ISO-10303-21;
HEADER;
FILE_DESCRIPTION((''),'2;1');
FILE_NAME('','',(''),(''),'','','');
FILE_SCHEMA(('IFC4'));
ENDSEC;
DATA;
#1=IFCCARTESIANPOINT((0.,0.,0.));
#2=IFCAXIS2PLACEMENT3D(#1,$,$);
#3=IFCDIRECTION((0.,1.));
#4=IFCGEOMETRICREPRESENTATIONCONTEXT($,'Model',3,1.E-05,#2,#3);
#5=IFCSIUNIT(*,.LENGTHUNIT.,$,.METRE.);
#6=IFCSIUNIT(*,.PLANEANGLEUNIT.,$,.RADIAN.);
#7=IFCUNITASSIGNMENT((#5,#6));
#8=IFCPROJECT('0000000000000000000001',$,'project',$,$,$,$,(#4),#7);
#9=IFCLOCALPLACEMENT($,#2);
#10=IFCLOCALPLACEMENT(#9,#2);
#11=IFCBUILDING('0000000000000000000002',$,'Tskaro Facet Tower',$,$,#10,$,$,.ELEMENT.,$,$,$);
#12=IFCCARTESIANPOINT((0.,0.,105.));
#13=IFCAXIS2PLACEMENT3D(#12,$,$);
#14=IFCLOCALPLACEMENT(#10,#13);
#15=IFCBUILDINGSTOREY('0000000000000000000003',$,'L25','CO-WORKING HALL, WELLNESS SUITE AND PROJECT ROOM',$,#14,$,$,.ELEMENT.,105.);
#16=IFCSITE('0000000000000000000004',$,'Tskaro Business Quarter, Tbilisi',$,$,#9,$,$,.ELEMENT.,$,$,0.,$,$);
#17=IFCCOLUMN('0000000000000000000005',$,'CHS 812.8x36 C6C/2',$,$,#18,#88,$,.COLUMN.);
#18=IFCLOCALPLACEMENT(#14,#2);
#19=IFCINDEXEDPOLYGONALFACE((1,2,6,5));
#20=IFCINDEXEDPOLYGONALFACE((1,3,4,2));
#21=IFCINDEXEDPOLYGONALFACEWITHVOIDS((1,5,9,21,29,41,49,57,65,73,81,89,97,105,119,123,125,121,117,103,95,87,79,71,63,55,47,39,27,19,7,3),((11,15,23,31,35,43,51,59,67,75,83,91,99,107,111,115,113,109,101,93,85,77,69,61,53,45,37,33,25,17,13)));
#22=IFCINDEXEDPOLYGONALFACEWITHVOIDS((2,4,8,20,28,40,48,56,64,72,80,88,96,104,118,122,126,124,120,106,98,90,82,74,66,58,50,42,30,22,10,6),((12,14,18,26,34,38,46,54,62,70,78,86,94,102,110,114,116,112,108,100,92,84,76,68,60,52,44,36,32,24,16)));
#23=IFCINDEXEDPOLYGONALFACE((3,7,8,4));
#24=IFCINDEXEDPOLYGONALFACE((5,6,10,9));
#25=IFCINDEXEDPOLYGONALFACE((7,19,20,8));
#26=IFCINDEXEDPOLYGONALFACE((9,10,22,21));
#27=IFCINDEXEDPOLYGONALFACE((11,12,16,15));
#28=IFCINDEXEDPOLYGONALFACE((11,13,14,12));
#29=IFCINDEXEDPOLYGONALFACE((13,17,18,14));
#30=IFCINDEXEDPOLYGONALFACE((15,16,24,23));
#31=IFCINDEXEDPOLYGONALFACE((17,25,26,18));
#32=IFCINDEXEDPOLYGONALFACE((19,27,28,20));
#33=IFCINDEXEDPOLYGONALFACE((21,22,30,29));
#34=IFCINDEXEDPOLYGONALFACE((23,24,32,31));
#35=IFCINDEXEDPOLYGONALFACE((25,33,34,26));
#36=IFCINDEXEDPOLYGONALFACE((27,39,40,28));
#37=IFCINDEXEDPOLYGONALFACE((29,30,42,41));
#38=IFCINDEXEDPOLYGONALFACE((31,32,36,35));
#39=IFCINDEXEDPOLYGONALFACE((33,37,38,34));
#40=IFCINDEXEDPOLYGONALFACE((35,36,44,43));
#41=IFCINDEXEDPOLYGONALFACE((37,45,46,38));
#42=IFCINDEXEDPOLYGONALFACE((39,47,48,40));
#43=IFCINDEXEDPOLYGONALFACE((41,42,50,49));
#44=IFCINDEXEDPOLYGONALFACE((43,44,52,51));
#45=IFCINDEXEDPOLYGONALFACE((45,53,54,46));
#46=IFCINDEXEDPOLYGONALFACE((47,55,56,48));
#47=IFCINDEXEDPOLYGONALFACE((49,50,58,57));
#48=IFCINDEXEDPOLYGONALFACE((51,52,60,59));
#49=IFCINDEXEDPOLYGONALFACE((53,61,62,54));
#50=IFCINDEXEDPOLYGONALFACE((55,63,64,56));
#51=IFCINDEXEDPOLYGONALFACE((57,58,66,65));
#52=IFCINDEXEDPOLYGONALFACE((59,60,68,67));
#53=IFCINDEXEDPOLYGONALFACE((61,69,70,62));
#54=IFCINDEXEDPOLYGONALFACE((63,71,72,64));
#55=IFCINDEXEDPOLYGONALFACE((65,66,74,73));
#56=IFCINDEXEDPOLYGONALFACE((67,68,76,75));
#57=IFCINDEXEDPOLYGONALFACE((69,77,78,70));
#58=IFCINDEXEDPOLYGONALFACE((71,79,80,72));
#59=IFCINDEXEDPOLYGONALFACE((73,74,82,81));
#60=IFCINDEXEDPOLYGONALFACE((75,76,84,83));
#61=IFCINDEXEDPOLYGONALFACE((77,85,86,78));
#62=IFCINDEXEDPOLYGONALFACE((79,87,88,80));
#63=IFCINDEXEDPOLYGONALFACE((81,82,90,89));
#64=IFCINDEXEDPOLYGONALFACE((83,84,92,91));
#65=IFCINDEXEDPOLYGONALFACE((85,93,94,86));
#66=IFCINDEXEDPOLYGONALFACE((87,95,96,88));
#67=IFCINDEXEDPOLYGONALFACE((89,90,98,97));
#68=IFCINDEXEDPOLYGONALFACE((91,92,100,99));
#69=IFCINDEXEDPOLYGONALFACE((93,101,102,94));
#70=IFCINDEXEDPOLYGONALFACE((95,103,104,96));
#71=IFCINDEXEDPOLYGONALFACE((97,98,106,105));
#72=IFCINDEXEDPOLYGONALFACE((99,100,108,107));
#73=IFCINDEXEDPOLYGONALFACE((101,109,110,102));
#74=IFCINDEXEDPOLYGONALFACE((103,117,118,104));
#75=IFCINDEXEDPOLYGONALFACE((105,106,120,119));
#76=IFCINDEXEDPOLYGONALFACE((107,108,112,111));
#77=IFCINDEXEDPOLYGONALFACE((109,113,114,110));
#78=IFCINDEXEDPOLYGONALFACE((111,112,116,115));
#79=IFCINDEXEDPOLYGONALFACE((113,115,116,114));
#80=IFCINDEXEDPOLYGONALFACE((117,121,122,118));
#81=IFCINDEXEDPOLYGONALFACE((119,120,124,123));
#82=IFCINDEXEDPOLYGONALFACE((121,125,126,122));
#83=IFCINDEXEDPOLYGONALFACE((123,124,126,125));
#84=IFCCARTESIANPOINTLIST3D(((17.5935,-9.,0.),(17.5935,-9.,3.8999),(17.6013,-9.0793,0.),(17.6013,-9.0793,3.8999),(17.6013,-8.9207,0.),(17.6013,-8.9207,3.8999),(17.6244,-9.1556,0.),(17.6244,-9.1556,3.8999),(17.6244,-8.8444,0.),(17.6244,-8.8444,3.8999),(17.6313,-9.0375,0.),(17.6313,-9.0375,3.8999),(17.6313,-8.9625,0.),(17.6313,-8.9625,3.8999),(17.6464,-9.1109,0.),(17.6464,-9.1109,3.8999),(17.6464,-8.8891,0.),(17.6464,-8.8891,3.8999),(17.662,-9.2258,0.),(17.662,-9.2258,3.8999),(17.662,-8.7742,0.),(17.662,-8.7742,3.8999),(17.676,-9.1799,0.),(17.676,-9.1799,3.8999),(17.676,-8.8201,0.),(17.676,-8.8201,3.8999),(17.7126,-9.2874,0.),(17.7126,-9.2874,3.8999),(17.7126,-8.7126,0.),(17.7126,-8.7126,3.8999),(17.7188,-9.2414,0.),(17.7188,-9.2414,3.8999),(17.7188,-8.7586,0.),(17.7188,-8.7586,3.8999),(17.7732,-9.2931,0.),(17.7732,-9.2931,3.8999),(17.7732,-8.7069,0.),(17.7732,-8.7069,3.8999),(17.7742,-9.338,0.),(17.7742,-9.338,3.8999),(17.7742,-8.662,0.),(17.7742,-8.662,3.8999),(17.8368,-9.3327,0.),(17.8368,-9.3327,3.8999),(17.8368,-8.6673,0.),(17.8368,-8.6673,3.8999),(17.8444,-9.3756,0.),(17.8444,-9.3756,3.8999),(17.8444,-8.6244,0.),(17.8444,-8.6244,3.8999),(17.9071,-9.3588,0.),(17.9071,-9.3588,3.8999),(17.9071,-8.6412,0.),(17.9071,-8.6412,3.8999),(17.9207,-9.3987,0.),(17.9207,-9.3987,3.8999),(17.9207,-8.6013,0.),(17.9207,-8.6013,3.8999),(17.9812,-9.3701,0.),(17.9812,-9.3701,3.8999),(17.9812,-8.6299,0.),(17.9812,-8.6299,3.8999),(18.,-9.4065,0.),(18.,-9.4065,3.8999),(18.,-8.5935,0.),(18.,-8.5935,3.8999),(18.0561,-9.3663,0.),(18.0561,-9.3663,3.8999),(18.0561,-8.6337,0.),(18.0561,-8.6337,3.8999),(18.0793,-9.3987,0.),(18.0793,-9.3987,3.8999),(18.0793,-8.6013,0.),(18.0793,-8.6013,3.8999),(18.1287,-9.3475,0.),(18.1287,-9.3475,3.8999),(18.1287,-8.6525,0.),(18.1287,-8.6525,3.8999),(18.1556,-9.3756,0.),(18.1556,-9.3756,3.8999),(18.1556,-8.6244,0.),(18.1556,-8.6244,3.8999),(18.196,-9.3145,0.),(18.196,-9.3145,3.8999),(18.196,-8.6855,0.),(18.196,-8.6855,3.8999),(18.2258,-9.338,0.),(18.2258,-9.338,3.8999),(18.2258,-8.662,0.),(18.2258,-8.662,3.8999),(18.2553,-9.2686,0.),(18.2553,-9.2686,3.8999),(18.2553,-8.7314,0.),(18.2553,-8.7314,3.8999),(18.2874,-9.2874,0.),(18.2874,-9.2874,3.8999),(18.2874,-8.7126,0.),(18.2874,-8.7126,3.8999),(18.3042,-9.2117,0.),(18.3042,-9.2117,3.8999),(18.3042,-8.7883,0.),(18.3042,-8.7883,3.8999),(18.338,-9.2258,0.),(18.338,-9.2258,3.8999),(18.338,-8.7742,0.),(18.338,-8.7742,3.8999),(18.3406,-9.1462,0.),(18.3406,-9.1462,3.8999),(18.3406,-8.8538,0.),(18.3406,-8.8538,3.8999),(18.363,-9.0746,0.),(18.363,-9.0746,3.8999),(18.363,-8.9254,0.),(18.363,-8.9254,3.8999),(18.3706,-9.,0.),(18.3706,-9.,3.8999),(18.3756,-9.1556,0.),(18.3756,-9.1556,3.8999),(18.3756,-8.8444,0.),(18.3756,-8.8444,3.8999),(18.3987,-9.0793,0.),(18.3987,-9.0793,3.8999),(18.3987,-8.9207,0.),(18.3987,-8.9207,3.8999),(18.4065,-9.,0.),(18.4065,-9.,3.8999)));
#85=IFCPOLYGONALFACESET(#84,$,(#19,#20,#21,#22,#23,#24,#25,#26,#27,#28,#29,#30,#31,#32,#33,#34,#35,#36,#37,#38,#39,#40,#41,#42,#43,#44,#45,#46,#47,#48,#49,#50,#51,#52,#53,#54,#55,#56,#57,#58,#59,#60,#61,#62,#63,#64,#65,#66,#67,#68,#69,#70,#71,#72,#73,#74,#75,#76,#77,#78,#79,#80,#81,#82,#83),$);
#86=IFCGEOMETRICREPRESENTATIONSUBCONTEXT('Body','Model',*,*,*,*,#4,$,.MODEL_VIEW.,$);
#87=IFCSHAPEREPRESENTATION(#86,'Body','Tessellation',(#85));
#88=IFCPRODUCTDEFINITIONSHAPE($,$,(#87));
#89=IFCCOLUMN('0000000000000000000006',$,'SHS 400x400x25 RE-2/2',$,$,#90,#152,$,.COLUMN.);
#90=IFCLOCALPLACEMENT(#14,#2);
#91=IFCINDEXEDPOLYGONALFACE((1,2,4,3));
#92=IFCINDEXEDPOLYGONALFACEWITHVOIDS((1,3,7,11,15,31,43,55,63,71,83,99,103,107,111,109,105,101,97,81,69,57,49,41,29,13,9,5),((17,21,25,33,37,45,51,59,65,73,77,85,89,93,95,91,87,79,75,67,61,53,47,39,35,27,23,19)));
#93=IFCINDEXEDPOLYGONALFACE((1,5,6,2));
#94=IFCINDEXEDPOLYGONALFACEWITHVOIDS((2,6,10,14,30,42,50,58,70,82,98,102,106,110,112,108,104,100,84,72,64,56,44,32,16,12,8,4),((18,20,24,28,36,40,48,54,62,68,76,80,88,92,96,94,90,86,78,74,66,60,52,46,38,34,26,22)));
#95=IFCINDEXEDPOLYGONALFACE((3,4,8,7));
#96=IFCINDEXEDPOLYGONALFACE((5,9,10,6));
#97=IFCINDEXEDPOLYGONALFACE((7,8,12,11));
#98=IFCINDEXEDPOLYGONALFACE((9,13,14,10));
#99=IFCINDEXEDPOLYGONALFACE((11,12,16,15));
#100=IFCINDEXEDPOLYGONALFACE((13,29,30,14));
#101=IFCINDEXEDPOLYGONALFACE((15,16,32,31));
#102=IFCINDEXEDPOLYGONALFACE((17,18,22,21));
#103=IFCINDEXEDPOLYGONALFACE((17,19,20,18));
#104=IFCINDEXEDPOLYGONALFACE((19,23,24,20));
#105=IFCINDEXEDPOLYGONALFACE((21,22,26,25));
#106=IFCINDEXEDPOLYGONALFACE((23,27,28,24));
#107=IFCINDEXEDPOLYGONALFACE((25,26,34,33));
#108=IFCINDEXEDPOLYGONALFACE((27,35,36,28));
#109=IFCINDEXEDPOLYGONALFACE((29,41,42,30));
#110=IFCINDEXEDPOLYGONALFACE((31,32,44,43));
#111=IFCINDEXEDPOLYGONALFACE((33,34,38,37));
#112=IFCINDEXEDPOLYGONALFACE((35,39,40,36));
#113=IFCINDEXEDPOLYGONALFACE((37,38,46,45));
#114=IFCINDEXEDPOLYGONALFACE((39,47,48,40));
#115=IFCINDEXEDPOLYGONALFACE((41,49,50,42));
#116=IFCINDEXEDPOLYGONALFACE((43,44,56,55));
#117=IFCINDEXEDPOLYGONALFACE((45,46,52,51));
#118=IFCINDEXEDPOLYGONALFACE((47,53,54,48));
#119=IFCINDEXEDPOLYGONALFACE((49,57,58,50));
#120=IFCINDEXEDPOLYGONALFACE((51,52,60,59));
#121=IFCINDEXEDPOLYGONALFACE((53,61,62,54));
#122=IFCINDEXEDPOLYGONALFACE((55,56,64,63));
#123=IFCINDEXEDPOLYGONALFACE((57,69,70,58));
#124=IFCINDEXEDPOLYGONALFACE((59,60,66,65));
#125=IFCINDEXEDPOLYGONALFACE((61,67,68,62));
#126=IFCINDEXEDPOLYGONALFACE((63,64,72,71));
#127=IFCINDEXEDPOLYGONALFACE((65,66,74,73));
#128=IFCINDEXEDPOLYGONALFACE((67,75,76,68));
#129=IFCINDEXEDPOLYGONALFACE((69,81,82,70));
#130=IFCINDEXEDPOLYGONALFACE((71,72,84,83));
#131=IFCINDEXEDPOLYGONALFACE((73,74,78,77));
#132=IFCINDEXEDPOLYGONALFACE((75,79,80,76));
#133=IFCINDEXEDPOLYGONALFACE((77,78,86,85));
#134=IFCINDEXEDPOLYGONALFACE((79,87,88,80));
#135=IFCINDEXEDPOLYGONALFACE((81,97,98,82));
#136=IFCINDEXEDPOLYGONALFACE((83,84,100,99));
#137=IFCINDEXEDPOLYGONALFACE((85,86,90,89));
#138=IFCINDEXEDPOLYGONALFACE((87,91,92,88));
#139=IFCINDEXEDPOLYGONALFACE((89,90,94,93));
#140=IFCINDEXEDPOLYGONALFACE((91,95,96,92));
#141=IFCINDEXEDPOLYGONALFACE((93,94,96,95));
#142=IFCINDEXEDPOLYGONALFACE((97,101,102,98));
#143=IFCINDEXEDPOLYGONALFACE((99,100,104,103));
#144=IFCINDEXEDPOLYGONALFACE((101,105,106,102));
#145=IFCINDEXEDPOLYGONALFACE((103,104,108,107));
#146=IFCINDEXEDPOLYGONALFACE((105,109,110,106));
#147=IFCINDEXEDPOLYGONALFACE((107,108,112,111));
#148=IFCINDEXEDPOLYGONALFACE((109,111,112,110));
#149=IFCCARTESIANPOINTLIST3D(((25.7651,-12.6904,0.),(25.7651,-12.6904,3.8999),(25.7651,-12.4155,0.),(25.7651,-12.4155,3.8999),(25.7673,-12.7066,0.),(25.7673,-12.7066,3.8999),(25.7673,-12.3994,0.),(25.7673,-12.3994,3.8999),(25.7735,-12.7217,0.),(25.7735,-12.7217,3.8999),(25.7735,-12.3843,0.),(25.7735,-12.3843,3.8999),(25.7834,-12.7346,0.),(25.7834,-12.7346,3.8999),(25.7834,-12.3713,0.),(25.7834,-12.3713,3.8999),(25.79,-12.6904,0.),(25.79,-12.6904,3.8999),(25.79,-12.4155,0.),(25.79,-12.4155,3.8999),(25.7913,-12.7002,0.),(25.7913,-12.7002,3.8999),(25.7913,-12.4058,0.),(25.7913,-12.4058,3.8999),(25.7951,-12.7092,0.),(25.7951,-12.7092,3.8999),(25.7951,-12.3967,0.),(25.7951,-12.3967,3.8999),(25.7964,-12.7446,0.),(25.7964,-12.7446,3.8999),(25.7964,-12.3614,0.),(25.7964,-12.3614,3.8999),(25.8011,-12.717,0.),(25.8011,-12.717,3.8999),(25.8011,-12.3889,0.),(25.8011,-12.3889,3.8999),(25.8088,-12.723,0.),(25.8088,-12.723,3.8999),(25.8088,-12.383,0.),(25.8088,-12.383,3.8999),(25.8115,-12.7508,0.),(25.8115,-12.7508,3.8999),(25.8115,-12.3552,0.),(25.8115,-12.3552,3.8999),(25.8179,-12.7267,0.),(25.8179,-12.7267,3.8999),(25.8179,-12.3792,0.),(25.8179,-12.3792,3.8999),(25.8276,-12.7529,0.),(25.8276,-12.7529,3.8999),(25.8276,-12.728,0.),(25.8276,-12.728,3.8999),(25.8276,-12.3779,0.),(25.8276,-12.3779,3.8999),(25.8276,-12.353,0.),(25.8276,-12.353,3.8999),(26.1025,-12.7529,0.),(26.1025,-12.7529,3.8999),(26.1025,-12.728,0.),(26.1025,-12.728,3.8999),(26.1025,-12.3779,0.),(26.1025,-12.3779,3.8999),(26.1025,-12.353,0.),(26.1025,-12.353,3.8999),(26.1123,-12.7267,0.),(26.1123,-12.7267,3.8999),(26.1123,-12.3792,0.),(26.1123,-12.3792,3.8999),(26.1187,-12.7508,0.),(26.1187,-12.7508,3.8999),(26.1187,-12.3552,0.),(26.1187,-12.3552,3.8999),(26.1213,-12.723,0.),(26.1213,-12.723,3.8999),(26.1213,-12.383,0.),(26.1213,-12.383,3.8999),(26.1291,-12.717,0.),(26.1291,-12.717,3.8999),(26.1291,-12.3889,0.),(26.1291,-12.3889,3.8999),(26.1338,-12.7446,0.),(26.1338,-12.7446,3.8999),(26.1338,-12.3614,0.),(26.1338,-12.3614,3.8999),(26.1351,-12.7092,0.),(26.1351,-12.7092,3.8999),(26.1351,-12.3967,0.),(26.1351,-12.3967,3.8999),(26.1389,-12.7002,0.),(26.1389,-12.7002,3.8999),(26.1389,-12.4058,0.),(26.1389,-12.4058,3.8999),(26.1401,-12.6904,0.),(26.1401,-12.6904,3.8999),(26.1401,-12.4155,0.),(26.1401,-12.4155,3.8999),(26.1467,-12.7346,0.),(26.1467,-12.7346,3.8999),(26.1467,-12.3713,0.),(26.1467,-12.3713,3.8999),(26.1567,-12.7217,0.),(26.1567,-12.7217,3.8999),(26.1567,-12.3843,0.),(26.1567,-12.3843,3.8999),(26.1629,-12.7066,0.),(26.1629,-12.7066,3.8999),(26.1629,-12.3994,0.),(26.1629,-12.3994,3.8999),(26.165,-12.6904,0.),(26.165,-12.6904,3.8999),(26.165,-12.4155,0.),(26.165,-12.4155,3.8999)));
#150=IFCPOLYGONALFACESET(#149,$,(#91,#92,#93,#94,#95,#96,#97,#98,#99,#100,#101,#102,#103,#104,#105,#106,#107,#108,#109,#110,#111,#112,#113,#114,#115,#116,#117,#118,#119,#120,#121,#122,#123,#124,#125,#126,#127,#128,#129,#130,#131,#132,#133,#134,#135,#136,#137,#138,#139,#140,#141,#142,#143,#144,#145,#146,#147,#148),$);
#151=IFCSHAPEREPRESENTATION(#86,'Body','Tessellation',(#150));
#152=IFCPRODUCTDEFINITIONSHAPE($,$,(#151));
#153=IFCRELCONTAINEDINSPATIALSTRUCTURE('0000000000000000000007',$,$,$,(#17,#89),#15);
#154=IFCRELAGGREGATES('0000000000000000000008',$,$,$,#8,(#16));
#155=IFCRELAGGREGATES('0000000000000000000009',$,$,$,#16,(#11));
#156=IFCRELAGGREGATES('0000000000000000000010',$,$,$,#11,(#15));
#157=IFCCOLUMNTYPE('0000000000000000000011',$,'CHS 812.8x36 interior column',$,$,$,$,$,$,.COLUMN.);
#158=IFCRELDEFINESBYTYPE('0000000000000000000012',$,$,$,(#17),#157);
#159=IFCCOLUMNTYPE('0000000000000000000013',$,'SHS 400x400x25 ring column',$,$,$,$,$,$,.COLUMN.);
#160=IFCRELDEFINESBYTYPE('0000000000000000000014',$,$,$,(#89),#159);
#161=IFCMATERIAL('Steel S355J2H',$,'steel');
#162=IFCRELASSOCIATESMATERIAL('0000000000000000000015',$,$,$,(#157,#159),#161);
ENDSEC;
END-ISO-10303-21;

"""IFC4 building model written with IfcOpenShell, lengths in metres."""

from ifc_helpers import new_model, si_unit, direction, frame, origin, origin_2d, place, context, subcontext, project, spatial, hollow_rectangle, hollow_circle, extrude, material, material_profile, profile_set, type_object, element, save


model = new_model("IFC4")

# Units and contexts
model_context = context("Model", 3, precision=1e-05, world=origin(), true_north=direction((0.0, 1.0)))
body_context = subcontext(model_context, "Body", "Model", "MODEL_VIEW")
ifc_project = project(units=[si_unit("LENGTHUNIT", "METRE"), si_unit("PLANEANGLEUNIT", "RADIAN")], contexts=[model_context])

# Site, building, storey
site_placement = place(None, origin())
site = spatial("IfcSite", under=ifc_project, at=site_placement, Name="Tskaro Business Quarter, Tbilisi", CompositionType="ELEMENT", RefElevation=0.0)
building_placement = place(site_placement, origin())
building = spatial("IfcBuilding", under=site, at=building_placement, Name="Tskaro Facet Tower", CompositionType="ELEMENT")
storey_placement = place(building_placement, frame((0.0, 0.0, 105.0)))
storey = spatial("IfcBuildingStorey", under=building, at=storey_placement, Name="L25", Description="CO-WORKING HALL, WELLNESS SUITE AND PROJECT ROOM", CompositionType="ELEMENT", Elevation=105.0)

# Columns
ifc_material_1 = material(Name="Steel S355J2H", Category="steel")
ifc_material_profile_1 = material_profile(ifc_material_1, hollow_circle(Radius=0.4065, WallThickness=0.0359, at=origin_2d()), Name="CHS 812.8x36")
ifc_profile_set_1 = profile_set([ifc_material_profile_1], Name="Steel S355J2H")
column_type_1 = type_object("IfcColumnType", Name="CHS 812.8x36 interior column", PredefinedType="COLUMN", material=ifc_profile_set_1)
column_placement = place(storey_placement, frame((18.0, -9.0, 0.0), z_axis=(0.0, 0.0, 1.0), x_axis=(1.0, 0.0, 0.0)))
element("IfcColumn", 1, at=column_placement, inside=storey, type_object=column_type_1, Name="CHS 812.8x36 C6C/2", PredefinedType="COLUMN", context=body_context, shape_type="SweptSolid", body=[
    extrude(hollow_circle(Radius=0.4065, WallThickness=0.0359, at=origin_2d()), origin(), (0.0, 0.0, 1.0), 3.8999),
])
ifc_material_profile_2 = material_profile(ifc_material_1, hollow_rectangle(XDim=0.3999, YDim=0.3999, WallThickness=0.0249, InnerFilletRadius=0.0376, OuterFilletRadius=0.0625, at=origin_2d()), Name="SHS 400x400x25")
ifc_profile_set_2 = profile_set([ifc_material_profile_2], Name="Steel S355J2H")
column_type_2 = type_object("IfcColumnType", Name="SHS 400x400x25 ring column", PredefinedType="COLUMN", material=ifc_profile_set_2)
for number, where, z_axis, x_axis, name in (
    (2, (25.9651, -12.553, 0.0), (0.0, 0.0, 1.0), (1.0, 0.0, 0.0), "SHS 400x400x25 RE-2/2"),
):
    element("IfcColumn", number, at=place(storey_placement, frame(where, z_axis=z_axis, x_axis=x_axis)), inside=storey, type_object=column_type_2, Name=name, PredefinedType="COLUMN", context=body_context, shape_type="SweptSolid", body=[
        extrude(hollow_rectangle(XDim=0.3999, YDim=0.3999, WallThickness=0.0249, InnerFilletRadius=0.0376, OuterFilletRadius=0.0625, at=origin_2d()), origin(), (0.0, 0.0, 1.0), 3.8999),
    ])

save(model, "model.ifc")
